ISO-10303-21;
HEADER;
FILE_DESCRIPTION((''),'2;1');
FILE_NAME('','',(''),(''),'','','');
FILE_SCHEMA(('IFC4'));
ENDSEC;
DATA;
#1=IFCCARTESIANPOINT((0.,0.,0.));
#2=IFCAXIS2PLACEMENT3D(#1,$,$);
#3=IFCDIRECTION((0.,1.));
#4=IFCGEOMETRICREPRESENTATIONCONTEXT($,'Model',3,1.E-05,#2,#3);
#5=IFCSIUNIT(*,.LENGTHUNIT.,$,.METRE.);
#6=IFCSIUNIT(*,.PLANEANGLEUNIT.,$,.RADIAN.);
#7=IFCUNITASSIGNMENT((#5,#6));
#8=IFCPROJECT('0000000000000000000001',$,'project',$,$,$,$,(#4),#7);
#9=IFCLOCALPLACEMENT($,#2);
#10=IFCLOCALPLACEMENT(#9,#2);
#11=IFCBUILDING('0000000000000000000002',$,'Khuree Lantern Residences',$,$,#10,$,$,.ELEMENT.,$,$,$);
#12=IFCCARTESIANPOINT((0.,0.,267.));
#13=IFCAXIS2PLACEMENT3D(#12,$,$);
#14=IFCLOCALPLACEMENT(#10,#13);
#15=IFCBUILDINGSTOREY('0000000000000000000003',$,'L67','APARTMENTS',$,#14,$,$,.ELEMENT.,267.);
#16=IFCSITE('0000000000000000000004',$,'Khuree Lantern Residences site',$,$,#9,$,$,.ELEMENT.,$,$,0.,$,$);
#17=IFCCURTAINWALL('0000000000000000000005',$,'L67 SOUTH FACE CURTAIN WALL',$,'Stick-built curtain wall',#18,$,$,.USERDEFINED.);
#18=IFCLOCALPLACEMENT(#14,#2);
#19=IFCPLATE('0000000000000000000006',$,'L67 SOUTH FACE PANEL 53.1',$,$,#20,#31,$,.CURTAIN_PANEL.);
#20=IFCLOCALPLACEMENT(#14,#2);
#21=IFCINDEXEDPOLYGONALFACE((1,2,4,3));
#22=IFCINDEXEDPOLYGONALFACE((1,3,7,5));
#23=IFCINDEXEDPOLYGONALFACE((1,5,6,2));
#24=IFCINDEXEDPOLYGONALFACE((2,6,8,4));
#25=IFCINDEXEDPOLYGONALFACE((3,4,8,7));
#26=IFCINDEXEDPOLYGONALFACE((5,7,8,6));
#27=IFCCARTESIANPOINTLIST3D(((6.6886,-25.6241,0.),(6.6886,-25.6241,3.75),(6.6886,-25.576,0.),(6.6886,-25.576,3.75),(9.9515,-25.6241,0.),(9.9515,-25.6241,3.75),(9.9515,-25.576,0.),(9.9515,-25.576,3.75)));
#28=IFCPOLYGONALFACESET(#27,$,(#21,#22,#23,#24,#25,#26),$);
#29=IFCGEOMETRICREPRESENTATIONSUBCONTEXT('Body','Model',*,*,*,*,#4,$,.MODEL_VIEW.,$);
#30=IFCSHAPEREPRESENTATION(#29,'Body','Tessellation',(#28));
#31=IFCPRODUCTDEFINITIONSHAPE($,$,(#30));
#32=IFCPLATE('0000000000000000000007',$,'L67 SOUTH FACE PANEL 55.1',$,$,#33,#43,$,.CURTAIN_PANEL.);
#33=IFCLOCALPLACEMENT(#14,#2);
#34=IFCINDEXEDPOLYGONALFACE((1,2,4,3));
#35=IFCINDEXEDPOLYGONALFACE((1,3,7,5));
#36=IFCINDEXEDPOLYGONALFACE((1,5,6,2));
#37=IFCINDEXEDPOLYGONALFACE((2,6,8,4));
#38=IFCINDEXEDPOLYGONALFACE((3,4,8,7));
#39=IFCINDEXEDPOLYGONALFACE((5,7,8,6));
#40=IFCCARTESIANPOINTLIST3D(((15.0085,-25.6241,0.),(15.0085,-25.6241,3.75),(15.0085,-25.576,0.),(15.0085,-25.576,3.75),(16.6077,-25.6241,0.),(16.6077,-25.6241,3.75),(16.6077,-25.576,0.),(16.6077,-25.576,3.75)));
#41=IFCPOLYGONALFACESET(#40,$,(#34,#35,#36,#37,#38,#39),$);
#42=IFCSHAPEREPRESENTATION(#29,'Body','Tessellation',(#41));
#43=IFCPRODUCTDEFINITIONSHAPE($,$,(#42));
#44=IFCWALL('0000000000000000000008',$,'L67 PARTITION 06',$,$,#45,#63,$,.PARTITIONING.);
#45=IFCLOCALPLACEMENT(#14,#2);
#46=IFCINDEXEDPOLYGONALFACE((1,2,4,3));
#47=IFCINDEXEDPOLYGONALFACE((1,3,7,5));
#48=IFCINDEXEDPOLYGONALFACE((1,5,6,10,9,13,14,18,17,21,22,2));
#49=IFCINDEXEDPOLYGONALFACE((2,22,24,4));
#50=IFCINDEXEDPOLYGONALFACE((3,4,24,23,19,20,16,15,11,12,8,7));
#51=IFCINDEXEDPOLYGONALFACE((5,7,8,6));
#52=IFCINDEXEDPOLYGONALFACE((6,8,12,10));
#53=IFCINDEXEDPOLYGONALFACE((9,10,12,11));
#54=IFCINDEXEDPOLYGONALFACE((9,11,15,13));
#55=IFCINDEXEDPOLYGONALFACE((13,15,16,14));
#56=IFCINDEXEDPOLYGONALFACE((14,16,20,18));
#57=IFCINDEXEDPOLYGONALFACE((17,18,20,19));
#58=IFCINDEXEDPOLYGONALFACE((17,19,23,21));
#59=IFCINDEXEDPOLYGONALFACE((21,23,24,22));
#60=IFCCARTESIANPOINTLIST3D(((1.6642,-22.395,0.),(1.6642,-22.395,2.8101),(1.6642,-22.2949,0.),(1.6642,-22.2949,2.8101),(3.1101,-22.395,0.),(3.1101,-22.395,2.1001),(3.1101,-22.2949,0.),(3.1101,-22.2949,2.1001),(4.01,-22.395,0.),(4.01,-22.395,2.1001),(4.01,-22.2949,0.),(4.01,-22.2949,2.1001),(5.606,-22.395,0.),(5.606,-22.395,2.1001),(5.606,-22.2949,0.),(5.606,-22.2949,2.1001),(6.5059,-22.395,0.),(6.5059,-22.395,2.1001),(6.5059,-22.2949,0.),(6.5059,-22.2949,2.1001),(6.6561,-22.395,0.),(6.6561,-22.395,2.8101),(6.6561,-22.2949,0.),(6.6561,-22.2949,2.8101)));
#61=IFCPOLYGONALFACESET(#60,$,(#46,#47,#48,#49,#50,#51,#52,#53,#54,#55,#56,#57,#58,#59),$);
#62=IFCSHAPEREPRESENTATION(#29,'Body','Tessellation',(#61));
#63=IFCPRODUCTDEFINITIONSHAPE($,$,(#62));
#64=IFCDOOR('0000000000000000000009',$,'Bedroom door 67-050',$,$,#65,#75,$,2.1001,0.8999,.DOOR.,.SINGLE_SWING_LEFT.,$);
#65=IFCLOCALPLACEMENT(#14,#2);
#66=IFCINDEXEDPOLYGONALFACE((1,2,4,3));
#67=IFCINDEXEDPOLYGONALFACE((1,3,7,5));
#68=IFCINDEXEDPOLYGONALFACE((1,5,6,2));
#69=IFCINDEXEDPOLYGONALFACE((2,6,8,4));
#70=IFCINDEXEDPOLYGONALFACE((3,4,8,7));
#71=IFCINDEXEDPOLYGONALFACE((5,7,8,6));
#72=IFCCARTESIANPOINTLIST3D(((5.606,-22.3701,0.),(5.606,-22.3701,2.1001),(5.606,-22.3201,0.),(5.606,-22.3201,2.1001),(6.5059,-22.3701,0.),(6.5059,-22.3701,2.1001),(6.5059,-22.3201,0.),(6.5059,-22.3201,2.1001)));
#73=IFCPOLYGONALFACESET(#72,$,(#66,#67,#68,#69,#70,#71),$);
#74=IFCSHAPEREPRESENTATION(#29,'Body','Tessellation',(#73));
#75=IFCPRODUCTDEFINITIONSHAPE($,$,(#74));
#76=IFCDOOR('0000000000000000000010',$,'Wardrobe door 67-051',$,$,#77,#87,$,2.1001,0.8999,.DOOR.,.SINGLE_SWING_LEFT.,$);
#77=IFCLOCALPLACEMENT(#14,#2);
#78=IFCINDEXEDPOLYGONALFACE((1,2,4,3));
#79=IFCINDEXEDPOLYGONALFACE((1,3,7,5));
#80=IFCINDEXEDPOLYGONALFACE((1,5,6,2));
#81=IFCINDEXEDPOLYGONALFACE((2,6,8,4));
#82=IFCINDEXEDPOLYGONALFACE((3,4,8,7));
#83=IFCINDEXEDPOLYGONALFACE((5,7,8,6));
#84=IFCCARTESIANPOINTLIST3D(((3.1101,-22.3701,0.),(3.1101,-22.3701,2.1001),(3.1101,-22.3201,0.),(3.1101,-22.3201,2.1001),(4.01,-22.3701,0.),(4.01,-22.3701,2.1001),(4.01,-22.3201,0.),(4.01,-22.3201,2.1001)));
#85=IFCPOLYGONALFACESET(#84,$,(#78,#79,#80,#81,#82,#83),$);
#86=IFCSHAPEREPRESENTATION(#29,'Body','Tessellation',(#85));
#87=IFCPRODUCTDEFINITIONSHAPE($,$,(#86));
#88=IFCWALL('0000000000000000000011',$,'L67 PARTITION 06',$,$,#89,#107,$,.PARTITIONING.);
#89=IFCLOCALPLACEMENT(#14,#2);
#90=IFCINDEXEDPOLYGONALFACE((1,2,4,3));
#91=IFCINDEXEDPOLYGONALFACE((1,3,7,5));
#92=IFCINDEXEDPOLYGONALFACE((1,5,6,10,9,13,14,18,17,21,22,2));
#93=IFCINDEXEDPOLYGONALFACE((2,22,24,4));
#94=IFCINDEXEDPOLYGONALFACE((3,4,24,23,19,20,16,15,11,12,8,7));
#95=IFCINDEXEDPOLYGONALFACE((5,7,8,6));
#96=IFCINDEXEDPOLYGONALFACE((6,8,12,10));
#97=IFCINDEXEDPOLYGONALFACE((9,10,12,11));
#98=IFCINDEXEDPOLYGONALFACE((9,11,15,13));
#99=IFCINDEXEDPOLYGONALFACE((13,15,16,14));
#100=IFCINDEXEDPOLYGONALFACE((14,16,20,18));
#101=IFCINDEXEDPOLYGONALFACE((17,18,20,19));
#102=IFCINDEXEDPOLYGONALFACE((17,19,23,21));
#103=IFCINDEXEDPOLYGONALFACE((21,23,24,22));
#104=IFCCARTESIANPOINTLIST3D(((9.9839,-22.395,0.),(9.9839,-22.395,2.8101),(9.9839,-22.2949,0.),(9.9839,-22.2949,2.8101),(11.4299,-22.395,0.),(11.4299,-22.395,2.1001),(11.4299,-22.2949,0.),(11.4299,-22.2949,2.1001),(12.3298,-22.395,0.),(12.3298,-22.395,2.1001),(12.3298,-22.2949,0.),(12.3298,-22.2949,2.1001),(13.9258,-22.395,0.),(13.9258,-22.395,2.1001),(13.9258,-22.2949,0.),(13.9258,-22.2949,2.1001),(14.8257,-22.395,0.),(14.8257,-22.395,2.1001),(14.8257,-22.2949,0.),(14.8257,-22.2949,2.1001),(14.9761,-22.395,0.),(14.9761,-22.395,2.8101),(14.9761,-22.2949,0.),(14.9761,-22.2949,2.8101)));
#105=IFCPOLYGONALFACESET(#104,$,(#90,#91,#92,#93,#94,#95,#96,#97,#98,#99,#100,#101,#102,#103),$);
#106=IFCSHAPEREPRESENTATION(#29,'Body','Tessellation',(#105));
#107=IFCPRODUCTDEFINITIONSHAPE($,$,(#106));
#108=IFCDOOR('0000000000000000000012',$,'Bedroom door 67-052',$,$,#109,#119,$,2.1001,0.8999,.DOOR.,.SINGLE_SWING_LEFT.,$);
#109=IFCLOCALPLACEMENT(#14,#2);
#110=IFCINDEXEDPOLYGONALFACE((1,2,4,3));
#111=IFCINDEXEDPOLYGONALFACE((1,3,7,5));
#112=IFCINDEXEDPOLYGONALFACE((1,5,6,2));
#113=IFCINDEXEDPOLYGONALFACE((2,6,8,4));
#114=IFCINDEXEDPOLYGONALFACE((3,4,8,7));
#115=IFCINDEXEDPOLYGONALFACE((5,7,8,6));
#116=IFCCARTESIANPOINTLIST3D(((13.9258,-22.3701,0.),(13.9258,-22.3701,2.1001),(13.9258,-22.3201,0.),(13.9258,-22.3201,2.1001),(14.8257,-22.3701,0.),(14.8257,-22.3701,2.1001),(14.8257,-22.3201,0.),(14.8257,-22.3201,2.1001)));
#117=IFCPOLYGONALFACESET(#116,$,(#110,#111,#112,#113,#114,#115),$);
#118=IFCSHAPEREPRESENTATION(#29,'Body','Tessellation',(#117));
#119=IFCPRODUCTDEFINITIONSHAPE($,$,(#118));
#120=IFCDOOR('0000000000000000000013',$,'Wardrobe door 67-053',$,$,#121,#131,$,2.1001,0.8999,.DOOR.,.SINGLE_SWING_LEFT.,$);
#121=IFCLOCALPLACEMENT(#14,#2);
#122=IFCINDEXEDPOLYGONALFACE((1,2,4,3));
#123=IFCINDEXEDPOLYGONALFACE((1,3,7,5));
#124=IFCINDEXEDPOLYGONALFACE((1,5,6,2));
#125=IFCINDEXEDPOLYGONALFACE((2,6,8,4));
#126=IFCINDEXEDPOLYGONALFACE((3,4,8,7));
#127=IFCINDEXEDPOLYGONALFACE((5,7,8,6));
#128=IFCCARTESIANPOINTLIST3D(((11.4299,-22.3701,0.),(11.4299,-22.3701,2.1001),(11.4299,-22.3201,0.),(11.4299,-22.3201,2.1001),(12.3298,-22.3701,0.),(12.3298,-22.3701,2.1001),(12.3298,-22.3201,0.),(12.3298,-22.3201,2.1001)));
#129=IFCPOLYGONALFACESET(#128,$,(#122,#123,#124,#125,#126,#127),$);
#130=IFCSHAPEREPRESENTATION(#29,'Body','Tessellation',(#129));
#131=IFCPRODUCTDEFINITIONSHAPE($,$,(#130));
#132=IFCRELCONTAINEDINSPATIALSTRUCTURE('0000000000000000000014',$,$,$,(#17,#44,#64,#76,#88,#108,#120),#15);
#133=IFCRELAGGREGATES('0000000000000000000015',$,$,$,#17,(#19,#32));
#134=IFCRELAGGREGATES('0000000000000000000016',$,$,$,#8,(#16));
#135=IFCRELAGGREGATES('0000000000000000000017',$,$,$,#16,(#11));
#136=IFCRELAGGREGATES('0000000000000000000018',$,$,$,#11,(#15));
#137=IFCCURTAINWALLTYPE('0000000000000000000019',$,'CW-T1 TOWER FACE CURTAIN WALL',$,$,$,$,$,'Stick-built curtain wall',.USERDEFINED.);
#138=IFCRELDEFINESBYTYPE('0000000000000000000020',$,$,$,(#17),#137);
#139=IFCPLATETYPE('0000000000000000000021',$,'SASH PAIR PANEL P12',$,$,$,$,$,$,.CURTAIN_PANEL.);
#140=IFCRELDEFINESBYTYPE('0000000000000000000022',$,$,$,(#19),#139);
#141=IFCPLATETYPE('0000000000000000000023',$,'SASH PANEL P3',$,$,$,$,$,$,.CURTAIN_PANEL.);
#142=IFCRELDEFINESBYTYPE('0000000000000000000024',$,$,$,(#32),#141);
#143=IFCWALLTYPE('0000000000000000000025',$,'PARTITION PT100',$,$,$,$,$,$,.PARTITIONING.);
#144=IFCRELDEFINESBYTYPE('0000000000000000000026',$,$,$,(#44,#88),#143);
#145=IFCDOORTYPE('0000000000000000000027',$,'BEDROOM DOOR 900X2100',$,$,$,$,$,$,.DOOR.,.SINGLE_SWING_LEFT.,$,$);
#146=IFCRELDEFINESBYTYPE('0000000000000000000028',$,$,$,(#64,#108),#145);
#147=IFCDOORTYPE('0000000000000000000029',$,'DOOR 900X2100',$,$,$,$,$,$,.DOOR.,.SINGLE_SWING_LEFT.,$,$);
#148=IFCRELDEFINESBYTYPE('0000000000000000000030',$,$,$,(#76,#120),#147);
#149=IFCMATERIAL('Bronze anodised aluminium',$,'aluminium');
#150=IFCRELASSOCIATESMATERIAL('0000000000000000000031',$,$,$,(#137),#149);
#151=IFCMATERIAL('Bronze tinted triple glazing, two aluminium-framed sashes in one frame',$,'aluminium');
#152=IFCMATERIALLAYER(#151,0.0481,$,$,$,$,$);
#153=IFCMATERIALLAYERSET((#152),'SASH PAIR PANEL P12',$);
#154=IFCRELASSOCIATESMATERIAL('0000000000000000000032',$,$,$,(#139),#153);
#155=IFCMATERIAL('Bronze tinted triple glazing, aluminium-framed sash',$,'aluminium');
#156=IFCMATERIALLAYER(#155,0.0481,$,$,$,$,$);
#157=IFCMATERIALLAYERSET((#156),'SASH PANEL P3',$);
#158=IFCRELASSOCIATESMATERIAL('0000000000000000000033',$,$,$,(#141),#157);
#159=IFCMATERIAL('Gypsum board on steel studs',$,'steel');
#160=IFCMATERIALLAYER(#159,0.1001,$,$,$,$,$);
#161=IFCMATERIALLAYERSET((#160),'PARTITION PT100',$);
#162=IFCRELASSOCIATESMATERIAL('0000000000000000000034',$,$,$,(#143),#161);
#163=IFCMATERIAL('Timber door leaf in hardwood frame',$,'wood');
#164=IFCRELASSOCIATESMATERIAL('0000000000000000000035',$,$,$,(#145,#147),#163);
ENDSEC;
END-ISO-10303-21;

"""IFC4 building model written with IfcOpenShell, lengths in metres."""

from ifc_helpers import new_model, si_unit, direction, frame, frame_2d, origin, origin_2d, place, context, subcontext, project, spatial, rectangle, extrude, material, layer, layer_set, type_object, element, fill, aggregate, save


model = new_model("IFC4")

# Units and contexts
model_context = context("Model", 3, precision=1e-05, world=origin(), true_north=direction((0.0, 1.0)))
body_context = subcontext(model_context, "Body", "Model", "MODEL_VIEW")
ifc_project = project(units=[si_unit("LENGTHUNIT", "METRE"), si_unit("PLANEANGLEUNIT", "RADIAN")], contexts=[model_context])

# Site, building, storey
site_placement = place(None, origin())
site = spatial("IfcSite", under=ifc_project, at=site_placement, Name="Khuree Lantern Residences site", CompositionType="ELEMENT", RefElevation=0.0)
building_placement = place(site_placement, origin())
building = spatial("IfcBuilding", under=site, at=building_placement, Name="Khuree Lantern Residences", CompositionType="ELEMENT")
storey_placement = place(building_placement, frame((0.0, 0.0, 267.0)))
storey = spatial("IfcBuildingStorey", under=building, at=storey_placement, Name="L67", Description="APARTMENTS", CompositionType="ELEMENT", Elevation=267.0)

# Curtain wall
ifc_material_1 = material(Name="Bronze anodised aluminium", Category="aluminium")
curtain_wall_type = type_object("IfcCurtainWallType", Name="CW-T1 TOWER FACE CURTAIN WALL", ElementType="Stick-built curtain wall", PredefinedType="USERDEFINED", material=ifc_material_1)
curtain_wall_placement = place(storey_placement, origin())
curtain_wall = element("IfcCurtainWall", 1, at=curtain_wall_placement, inside=storey, type_object=curtain_wall_type, Name="L67 SOUTH FACE CURTAIN WALL", ObjectType="Stick-built curtain wall", PredefinedType="USERDEFINED")

# Plates
ifc_material_2 = material(Name="Bronze tinted triple glazing, two aluminium-framed sashes in one frame", Category="aluminium")
ifc_layer_1 = layer(ifc_material_2, 0.0481)
ifc_layer_set_1 = layer_set([ifc_layer_1], Name="SASH PAIR PANEL P12")
plate_type_1 = type_object("IfcPlateType", Name="SASH PAIR PANEL P12", PredefinedType="CURTAIN_PANEL", material=ifc_layer_set_1)
plate_1_placement = place(storey_placement, frame((8.3201, -25.6001, 0.0), z_axis=(0.0, 0.0, 1.0), x_axis=(1.0, 0.0, 0.0)))
plate_1 = element("IfcPlate", 2, at=plate_1_placement, type_object=plate_type_1, Name="L67 SOUTH FACE PANEL 53.1", PredefinedType="CURTAIN_PANEL", context=body_context, shape_type="SweptSolid", body=[
    extrude(rectangle(XDim=3.2629, YDim=0.0481, at=origin_2d()), origin(), (0.0, 0.0, 1.0), 3.75),
])
ifc_material_3 = material(Name="Bronze tinted triple glazing, aluminium-framed sash", Category="aluminium")
ifc_layer_2 = layer(ifc_material_3, 0.0481)
ifc_layer_set_2 = layer_set([ifc_layer_2], Name="SASH PANEL P3")
plate_type_2 = type_object("IfcPlateType", Name="SASH PANEL P3", PredefinedType="CURTAIN_PANEL", material=ifc_layer_set_2)
plate_2_placement = place(storey_placement, frame((15.8081, -25.6001, 0.0), z_axis=(0.0, 0.0, 1.0), x_axis=(1.0, 0.0, 0.0)))
plate_2 = element("IfcPlate", 3, at=plate_2_placement, type_object=plate_type_2, Name="L67 SOUTH FACE PANEL 55.1", PredefinedType="CURTAIN_PANEL", context=body_context, shape_type="SweptSolid", body=[
    extrude(rectangle(XDim=1.5991, YDim=0.0481, at=origin_2d()), origin(), (0.0, 0.0, 1.0), 3.75),
])
aggregate(curtain_wall, [plate_1, plate_2])

# Walls, openings, doors
ifc_material_4 = material(Name="Gypsum board on steel studs", Category="steel")
ifc_layer_3 = layer(ifc_material_4, 0.1001)
ifc_layer_set_3 = layer_set([ifc_layer_3], Name="PARTITION PT100")
wall_type = type_object("IfcWallType", Name="PARTITION PT100", PredefinedType="PARTITIONING", material=ifc_layer_set_3)
wall_1_placement = place(storey_placement, frame((1.6641, -22.345, 0.0), z_axis=(0.0, 0.0, 1.0), x_axis=(1.0, 0.0, 0.0)))
wall_1 = element("IfcWall", 4, at=wall_1_placement, inside=storey, type_object=wall_type, Name="L67 PARTITION 06", PredefinedType="PARTITIONING", context=body_context, shape_type="SweptSolid", body=[
    extrude(rectangle(XDim=4.9919, YDim=0.1001, at=frame_2d((2.4961, 0.0))), origin(), (0.0, 0.0, 1.0), 2.8101),
])
opening_1_placement = place(wall_1_placement, frame((3.9419, 0.0, 0.0)))
opening_1 = element("IfcOpeningElement", 5, at=opening_1_placement, cuts=wall_1, PredefinedType="OPENING", context=body_context, shape_type="SweptSolid", body=[
    extrude(rectangle(XDim=0.8999, YDim=2.1001, at=frame_2d((0.45, 1.05))), frame((0.0, 0.0601, 0.0), z_axis=(0.0, -1.0, 0.0), x_axis=(1.0, 0.0, 0.0)), (0.0, 0.0, 1.0), 0.1201),
])
opening_2_placement = place(wall_1_placement, frame((1.446, 0.0, 0.0)))
opening_2 = element("IfcOpeningElement", 6, at=opening_2_placement, cuts=wall_1, PredefinedType="OPENING", context=body_context, shape_type="SweptSolid", body=[
    extrude(rectangle(XDim=0.8999, YDim=2.1001, at=frame_2d((0.45, 1.05))), frame((0.0, 0.0601, 0.0), z_axis=(0.0, -1.0, 0.0), x_axis=(1.0, 0.0, 0.0)), (0.0, 0.0, 1.0), 0.1201),
])
ifc_material_5 = material(Name="Timber door leaf in hardwood frame", Category="wood")
door_type_1 = type_object("IfcDoorType", Name="BEDROOM DOOR 900X2100", OperationType="SINGLE_SWING_LEFT", PredefinedType="DOOR", material=ifc_material_5)
door_1_placement = place(opening_1_placement, origin())
door_1 = element("IfcDoor", 7, at=door_1_placement, inside=storey, type_object=door_type_1, Name="Bedroom door 67-050", OperationType="SINGLE_SWING_LEFT", OverallHeight=2.1001, OverallWidth=0.8999, PredefinedType="DOOR", context=body_context, shape_type="SweptSolid", body=[
    extrude(rectangle(XDim=0.8999, YDim=2.1001, at=frame_2d((0.45, 1.05))), frame((0.0, 0.0249, 0.0), z_axis=(0.0, -1.0, 0.0), x_axis=(1.0, 0.0, 0.0)), (0.0, 0.0, 1.0), 0.05),
])
fill(opening_1, door_1)
door_type_2 = type_object("IfcDoorType", Name="DOOR 900X2100", OperationType="SINGLE_SWING_LEFT", PredefinedType="DOOR", material=ifc_material_5)
door_2_placement = place(opening_2_placement, origin())
door_2 = element("IfcDoor", 8, at=door_2_placement, inside=storey, type_object=door_type_2, Name="Wardrobe door 67-051", OperationType="SINGLE_SWING_LEFT", OverallHeight=2.1001, OverallWidth=0.8999, PredefinedType="DOOR", context=body_context, shape_type="SweptSolid", body=[
    extrude(rectangle(XDim=0.8999, YDim=2.1001, at=frame_2d((0.45, 1.05))), frame((0.0, 0.0249, 0.0), z_axis=(0.0, -1.0, 0.0), x_axis=(1.0, 0.0, 0.0)), (0.0, 0.0, 1.0), 0.05),
])
fill(opening_2, door_2)
wall_2_placement = place(storey_placement, frame((9.9839, -22.345, 0.0), z_axis=(0.0, 0.0, 1.0), x_axis=(1.0, 0.0, 0.0)))
wall_2 = element("IfcWall", 9, at=wall_2_placement, inside=storey, type_object=wall_type, Name="L67 PARTITION 06", PredefinedType="PARTITIONING", context=body_context, shape_type="SweptSolid", body=[
    extrude(rectangle(XDim=4.9922, YDim=0.1001, at=frame_2d((2.4961, 0.0))), origin(), (0.0, 0.0, 1.0), 2.8101),
])
opening_3_placement = place(wall_2_placement, frame((3.9419, 0.0, 0.0)))
opening_3 = element("IfcOpeningElement", 10, at=opening_3_placement, cuts=wall_2, PredefinedType="OPENING", context=body_context, shape_type="SweptSolid", body=[
    extrude(rectangle(XDim=0.8999, YDim=2.1001, at=frame_2d((0.45, 1.05))), frame((0.0, 0.0601, 0.0), z_axis=(0.0, -1.0, 0.0), x_axis=(1.0, 0.0, 0.0)), (0.0, 0.0, 1.0), 0.1201),
])
opening_4_placement = place(wall_2_placement, frame((1.446, 0.0, 0.0)))
opening_4 = element("IfcOpeningElement", 11, at=opening_4_placement, cuts=wall_2, PredefinedType="OPENING", context=body_context, shape_type="SweptSolid", body=[
    extrude(rectangle(XDim=0.8999, YDim=2.1001, at=frame_2d((0.45, 1.05))), frame((0.0, 0.0601, 0.0), z_axis=(0.0, -1.0, 0.0), x_axis=(1.0, 0.0, 0.0)), (0.0, 0.0, 1.0), 0.1201),
])
door_3_placement = place(opening_3_placement, origin())
door_3 = element("IfcDoor", 12, at=door_3_placement, inside=storey, type_object=door_type_1, Name="Bedroom door 67-052", OperationType="SINGLE_SWING_LEFT", OverallHeight=2.1001, OverallWidth=0.8999, PredefinedType="DOOR", context=body_context, shape_type="SweptSolid", body=[
    extrude(rectangle(XDim=0.8999, YDim=2.1001, at=frame_2d((0.45, 1.05))), frame((0.0, 0.0249, 0.0), z_axis=(0.0, -1.0, 0.0), x_axis=(1.0, 0.0, 0.0)), (0.0, 0.0, 1.0), 0.05),
])
fill(opening_3, door_3)
door_4_placement = place(opening_4_placement, origin())
door_4 = element("IfcDoor", 13, at=door_4_placement, inside=storey, type_object=door_type_2, Name="Wardrobe door 67-053", OperationType="SINGLE_SWING_LEFT", OverallHeight=2.1001, OverallWidth=0.8999, PredefinedType="DOOR", context=body_context, shape_type="SweptSolid", body=[
    extrude(rectangle(XDim=0.8999, YDim=2.1001, at=frame_2d((0.45, 1.05))), frame((0.0, 0.0249, 0.0), z_axis=(0.0, -1.0, 0.0), x_axis=(1.0, 0.0, 0.0)), (0.0, 0.0, 1.0), 0.05),
])
fill(opening_4, door_4)

save(model, "model.ifc")
